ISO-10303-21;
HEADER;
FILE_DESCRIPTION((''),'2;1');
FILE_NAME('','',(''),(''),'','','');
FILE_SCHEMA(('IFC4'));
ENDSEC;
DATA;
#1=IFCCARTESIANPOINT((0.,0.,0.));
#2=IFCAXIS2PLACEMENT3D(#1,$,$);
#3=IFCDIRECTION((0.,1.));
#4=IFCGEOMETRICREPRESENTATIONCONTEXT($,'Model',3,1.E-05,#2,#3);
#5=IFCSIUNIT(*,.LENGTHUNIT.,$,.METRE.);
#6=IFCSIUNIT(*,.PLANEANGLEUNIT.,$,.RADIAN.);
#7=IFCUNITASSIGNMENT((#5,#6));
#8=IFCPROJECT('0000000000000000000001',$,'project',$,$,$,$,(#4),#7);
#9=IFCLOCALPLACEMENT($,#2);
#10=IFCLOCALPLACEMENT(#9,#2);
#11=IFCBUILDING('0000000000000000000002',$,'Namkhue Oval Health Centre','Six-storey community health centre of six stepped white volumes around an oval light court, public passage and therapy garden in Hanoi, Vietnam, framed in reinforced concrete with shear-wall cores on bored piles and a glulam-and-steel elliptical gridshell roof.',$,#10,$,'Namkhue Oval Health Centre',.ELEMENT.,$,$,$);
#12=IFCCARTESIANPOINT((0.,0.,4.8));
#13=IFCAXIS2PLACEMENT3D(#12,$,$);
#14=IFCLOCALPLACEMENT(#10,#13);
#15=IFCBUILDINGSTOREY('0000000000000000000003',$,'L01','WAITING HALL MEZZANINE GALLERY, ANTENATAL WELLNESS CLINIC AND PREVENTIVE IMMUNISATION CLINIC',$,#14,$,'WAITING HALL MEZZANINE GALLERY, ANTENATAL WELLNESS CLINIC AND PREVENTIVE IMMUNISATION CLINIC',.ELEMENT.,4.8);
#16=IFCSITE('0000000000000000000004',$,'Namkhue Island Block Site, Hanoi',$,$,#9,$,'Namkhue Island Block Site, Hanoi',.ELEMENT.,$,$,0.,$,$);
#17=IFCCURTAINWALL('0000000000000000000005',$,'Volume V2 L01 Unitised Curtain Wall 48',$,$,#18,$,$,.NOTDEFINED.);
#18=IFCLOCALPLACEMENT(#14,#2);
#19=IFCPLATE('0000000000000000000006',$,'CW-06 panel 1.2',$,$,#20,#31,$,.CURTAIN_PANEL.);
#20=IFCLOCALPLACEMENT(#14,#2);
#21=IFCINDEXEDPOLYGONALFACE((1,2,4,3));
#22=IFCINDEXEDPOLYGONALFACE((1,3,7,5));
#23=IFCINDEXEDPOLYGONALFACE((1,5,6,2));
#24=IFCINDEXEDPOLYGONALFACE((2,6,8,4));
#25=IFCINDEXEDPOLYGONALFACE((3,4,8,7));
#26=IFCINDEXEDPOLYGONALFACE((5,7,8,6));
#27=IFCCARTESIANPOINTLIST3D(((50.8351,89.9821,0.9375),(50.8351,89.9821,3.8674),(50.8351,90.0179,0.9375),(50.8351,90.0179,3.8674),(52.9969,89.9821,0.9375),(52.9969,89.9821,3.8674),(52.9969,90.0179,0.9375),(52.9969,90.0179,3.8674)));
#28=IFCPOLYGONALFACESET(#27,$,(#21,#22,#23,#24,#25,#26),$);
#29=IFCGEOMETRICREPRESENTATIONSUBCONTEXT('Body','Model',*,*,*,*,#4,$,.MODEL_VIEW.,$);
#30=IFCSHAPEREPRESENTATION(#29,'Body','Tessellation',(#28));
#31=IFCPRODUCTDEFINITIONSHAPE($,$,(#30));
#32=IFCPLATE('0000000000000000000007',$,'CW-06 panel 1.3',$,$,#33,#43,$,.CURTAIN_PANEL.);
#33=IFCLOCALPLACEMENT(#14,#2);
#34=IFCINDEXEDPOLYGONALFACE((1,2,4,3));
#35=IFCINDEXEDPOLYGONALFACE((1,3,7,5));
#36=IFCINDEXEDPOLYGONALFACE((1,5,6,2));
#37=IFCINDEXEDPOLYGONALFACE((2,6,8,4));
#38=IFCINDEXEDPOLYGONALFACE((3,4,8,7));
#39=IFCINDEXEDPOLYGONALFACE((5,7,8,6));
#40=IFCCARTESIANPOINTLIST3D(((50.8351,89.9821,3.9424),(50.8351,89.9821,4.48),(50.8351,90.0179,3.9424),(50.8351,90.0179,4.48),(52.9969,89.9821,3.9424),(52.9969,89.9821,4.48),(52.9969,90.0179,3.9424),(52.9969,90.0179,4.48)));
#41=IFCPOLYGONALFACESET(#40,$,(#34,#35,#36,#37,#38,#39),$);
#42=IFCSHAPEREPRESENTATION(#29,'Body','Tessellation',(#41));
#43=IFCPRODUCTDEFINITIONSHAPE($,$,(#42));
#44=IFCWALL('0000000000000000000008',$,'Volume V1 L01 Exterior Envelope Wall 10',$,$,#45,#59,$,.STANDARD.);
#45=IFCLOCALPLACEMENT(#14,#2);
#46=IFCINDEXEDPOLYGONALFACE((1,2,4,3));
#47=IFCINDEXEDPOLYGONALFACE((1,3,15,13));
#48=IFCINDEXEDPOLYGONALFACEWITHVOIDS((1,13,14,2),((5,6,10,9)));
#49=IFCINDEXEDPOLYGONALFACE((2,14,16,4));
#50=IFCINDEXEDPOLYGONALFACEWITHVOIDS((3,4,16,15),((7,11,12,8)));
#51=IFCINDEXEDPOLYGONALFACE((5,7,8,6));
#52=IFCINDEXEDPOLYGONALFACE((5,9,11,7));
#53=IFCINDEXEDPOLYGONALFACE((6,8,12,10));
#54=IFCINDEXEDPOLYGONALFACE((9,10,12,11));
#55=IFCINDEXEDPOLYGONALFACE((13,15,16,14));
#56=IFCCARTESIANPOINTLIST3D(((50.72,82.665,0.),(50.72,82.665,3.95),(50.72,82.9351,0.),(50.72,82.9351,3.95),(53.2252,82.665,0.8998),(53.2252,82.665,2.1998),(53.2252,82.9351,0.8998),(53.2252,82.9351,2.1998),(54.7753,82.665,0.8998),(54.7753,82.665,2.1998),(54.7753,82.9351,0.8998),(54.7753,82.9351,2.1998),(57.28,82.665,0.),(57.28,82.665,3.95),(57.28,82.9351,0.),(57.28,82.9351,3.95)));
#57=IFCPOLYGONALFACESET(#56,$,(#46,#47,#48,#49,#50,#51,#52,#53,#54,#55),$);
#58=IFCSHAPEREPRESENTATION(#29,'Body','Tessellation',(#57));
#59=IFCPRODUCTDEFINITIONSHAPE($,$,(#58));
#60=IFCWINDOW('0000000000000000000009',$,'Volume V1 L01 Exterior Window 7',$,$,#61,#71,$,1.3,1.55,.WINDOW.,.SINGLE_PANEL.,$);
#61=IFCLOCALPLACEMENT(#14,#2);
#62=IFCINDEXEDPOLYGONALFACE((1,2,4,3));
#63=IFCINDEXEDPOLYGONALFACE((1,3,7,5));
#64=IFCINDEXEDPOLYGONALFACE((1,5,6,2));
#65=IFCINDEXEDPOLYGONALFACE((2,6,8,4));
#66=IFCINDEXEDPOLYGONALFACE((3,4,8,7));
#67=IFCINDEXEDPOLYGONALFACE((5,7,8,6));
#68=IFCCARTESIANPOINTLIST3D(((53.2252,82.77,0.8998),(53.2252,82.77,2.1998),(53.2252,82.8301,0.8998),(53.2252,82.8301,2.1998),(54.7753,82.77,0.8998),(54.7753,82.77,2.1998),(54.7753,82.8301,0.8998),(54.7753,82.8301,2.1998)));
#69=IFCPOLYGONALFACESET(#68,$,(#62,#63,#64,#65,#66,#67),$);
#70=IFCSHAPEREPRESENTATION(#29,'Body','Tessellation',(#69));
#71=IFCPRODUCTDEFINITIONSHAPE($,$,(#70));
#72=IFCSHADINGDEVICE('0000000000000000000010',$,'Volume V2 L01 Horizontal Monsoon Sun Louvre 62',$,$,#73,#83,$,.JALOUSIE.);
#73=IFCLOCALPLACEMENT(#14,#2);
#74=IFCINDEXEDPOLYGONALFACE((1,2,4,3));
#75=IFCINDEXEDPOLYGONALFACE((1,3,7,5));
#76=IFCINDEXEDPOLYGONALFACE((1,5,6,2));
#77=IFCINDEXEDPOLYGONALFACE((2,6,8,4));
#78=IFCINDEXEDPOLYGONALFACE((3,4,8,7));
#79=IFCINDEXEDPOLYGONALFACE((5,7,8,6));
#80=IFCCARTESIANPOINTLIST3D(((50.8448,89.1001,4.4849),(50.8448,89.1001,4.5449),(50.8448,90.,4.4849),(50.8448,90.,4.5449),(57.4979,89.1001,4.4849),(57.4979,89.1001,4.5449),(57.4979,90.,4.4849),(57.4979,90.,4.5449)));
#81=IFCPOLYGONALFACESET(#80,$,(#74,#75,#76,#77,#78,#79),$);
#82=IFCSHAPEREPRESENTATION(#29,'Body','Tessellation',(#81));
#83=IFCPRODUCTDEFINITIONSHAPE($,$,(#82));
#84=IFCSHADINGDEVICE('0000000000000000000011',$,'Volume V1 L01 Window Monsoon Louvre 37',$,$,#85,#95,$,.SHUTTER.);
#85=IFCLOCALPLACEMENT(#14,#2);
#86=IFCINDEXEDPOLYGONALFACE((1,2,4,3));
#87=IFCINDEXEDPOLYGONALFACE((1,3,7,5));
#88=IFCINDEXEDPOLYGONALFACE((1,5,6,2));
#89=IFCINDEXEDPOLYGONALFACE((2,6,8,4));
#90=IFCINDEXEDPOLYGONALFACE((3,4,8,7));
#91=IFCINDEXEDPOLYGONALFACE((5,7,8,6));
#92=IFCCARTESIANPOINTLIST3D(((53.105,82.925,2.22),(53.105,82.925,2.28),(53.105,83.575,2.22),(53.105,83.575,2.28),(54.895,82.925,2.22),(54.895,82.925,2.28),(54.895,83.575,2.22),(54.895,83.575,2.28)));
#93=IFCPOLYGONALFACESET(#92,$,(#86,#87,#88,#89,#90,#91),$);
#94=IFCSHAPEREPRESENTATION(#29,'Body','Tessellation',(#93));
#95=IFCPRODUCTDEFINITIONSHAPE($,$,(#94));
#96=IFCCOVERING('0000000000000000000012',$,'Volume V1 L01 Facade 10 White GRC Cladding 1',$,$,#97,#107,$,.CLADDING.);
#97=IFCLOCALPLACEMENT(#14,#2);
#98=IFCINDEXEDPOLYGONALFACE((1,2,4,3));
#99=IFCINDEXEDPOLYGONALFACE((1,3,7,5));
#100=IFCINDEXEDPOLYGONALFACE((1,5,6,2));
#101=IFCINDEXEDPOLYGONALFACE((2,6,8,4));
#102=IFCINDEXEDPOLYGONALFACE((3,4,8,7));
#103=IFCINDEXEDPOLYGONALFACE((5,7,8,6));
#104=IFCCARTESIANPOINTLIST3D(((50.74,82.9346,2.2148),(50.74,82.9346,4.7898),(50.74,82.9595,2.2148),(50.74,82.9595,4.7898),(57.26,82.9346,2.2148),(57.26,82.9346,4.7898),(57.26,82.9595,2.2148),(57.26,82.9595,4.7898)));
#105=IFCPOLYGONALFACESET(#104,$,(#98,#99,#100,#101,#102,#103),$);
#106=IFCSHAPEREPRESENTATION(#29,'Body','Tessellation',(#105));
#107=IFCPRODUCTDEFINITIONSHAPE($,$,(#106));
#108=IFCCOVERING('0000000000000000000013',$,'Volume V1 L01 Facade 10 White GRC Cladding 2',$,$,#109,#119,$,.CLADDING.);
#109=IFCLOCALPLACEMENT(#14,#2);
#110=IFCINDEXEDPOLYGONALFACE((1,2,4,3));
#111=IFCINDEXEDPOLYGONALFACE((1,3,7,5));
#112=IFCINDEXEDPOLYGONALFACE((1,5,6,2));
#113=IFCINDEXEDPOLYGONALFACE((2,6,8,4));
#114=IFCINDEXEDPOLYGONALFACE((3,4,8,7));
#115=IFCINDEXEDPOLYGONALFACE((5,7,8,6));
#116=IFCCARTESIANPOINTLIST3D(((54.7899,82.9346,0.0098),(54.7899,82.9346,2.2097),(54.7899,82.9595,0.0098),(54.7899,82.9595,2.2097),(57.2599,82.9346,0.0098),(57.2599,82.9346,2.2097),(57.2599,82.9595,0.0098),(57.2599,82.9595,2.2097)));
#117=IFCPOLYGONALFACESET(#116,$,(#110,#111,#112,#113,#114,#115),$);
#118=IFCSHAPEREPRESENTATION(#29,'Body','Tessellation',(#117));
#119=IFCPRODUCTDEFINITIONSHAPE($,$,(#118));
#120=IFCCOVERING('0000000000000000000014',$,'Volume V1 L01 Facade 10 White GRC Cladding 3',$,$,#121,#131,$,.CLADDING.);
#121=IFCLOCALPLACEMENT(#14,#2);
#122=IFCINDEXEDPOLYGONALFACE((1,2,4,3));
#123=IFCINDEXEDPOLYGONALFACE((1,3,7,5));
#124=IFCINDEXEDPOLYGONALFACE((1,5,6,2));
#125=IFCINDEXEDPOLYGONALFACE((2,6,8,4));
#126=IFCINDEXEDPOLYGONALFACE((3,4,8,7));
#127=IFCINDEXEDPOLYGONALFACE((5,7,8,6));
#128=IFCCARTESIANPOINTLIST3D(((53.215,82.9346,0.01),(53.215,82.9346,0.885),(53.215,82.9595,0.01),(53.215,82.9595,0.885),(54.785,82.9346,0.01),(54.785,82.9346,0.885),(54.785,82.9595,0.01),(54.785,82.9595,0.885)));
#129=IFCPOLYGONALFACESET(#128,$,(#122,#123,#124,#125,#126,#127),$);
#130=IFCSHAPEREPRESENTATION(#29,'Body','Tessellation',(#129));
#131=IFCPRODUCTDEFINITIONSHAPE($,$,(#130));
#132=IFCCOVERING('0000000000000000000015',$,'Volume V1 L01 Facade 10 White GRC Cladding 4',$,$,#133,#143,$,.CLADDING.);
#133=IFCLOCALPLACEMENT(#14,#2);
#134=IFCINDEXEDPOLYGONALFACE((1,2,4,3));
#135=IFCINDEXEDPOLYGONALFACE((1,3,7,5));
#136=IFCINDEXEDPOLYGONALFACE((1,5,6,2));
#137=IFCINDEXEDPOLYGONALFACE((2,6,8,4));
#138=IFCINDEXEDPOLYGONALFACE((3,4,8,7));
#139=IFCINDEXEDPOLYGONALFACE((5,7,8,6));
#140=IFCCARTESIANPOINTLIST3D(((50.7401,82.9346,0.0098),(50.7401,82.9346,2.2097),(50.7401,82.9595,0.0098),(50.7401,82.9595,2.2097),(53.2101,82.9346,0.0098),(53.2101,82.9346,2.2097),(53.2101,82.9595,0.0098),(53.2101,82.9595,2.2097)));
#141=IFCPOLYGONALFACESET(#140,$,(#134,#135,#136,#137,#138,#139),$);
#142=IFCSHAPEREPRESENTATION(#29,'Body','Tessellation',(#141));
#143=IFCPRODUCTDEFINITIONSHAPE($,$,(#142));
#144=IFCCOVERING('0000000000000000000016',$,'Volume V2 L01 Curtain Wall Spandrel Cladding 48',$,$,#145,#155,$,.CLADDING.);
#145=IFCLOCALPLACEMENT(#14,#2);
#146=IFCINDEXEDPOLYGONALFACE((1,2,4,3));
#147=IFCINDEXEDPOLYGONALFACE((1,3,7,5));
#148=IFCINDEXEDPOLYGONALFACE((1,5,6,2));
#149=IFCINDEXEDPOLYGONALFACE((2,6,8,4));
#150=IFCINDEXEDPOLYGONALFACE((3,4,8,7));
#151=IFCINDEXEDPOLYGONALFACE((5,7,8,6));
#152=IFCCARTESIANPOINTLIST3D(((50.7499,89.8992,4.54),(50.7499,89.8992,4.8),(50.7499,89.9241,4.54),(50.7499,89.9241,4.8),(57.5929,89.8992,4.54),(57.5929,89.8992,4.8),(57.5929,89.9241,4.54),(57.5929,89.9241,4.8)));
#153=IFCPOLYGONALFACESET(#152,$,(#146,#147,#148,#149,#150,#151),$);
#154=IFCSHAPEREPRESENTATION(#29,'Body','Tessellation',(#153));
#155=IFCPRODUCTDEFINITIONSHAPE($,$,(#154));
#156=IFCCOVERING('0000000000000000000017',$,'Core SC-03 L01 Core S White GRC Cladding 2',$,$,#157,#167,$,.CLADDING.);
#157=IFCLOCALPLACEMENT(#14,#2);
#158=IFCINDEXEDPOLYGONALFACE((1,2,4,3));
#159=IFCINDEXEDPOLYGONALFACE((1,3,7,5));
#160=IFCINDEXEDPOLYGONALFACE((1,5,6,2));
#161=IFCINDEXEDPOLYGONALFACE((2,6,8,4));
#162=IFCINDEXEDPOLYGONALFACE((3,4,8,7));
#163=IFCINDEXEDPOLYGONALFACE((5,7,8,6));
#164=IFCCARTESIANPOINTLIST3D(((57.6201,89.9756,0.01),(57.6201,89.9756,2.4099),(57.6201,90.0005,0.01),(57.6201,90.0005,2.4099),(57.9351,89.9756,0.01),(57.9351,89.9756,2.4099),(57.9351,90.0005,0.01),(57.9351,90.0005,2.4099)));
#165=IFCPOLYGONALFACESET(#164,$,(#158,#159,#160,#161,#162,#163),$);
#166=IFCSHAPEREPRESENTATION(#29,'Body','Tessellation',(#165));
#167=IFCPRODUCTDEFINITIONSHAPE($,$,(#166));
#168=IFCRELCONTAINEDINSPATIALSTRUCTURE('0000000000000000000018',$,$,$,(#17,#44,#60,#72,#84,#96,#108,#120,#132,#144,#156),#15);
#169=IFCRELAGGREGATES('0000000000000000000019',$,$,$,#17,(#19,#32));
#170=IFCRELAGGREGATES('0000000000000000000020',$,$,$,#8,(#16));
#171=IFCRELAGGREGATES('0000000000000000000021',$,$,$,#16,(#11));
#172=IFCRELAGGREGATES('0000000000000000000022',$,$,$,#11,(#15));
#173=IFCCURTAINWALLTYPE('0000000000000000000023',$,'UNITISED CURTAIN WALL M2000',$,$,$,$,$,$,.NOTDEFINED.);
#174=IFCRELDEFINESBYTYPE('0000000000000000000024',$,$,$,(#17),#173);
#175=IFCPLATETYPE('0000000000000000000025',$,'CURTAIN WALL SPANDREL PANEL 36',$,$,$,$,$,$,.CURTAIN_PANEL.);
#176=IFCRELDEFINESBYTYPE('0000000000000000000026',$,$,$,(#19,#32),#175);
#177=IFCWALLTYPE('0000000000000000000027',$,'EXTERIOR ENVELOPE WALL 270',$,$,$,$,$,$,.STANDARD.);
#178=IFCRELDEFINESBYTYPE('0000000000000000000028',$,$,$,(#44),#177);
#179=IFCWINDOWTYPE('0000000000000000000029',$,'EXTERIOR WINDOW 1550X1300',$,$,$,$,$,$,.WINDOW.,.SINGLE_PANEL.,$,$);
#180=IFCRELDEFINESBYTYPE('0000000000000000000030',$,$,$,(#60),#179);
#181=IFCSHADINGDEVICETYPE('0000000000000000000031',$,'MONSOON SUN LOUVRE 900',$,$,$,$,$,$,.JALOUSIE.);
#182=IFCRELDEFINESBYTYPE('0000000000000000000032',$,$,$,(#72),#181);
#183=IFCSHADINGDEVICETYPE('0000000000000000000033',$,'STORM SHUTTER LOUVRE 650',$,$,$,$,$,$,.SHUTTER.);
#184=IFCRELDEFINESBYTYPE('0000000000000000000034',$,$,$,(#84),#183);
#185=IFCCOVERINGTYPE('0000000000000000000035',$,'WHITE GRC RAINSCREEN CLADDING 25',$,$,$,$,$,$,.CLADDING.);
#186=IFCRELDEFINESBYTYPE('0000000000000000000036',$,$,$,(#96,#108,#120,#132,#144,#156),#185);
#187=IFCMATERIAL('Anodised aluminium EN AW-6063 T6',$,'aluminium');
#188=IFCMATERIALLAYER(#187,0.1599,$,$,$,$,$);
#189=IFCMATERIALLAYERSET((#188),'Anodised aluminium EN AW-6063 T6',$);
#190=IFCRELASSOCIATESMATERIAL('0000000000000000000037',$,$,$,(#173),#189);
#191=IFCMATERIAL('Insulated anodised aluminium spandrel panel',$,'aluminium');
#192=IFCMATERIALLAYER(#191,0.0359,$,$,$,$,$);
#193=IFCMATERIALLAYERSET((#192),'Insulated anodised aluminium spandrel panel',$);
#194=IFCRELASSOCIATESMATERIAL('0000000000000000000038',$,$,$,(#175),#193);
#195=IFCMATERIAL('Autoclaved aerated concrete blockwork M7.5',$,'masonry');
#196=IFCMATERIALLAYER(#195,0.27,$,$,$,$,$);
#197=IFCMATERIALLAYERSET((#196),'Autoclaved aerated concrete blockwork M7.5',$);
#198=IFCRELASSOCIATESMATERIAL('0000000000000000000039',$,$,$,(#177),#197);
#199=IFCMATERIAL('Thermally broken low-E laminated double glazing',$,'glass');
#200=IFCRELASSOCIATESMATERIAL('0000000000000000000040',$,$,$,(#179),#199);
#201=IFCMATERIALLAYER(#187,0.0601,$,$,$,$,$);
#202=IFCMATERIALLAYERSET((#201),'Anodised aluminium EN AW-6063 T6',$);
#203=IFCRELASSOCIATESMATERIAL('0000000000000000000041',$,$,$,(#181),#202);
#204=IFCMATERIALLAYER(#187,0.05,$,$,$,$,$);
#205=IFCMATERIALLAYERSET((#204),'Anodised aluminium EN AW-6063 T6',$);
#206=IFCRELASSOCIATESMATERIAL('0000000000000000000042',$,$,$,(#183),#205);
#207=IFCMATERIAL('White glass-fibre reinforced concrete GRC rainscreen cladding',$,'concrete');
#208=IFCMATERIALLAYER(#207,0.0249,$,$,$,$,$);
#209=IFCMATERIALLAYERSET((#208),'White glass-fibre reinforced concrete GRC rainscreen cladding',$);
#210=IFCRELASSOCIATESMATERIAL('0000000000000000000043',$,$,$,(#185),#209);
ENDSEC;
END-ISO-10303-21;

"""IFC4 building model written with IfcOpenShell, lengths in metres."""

from ifc_helpers import new_model, si_unit, direction, frame, frame_2d, origin, origin_2d, place, context, subcontext, project, spatial, rectangle, extrude, material, layer, layer_set, type_object, element, fill, aggregate, save


model = new_model("IFC4")

# Units and contexts
model_context = context("Model", 3, precision=1e-05, world=origin(), true_north=direction((0.0, 1.0)))
body_context = subcontext(model_context, "Body", "Model", "MODEL_VIEW")
ifc_project = project(units=[si_unit("LENGTHUNIT", "METRE"), si_unit("PLANEANGLEUNIT", "RADIAN")], contexts=[model_context])

# Site, building, storey
site_placement = place(None, origin())
site = spatial("IfcSite", under=ifc_project, at=site_placement, Name="Namkhue Island Block Site, Hanoi", LongName="Namkhue Island Block Site, Hanoi", CompositionType="ELEMENT", RefElevation=0.0)
building_placement = place(site_placement, origin())
building = spatial("IfcBuilding", under=site, at=building_placement, Name="Namkhue Oval Health Centre", Description="Six-storey community health centre of six stepped white volumes around an oval light court, public passage and therapy garden in Hanoi, Vietnam, framed in reinforced concrete with shear-wall cores on bored piles and a glulam-and-steel elliptical gridshell roof.", LongName="Namkhue Oval Health Centre", CompositionType="ELEMENT")
storey_placement = place(building_placement, frame((0.0, 0.0, 4.8)))
storey = spatial("IfcBuildingStorey", under=building, at=storey_placement, Name="L01", Description="WAITING HALL MEZZANINE GALLERY, ANTENATAL WELLNESS CLINIC AND PREVENTIVE IMMUNISATION CLINIC", LongName="WAITING HALL MEZZANINE GALLERY, ANTENATAL WELLNESS CLINIC AND PREVENTIVE IMMUNISATION CLINIC", CompositionType="ELEMENT", Elevation=4.8)

# Curtain wall
ifc_material_1 = material(Name="Anodised aluminium EN AW-6063 T6", Category="aluminium")
ifc_layer_1 = layer(ifc_material_1, 0.1599)
ifc_layer_set_1 = layer_set([ifc_layer_1], Name="Anodised aluminium EN AW-6063 T6")
curtain_wall_type = type_object("IfcCurtainWallType", Name="UNITISED CURTAIN WALL M2000", PredefinedType="NOTDEFINED", material=ifc_layer_set_1)
curtain_wall_placement = place(storey_placement, origin())
curtain_wall = element("IfcCurtainWall", 1, at=curtain_wall_placement, inside=storey, type_object=curtain_wall_type, Name="Volume V2 L01 Unitised Curtain Wall 48", PredefinedType="NOTDEFINED")

# Plates
ifc_material_2 = material(Name="Insulated anodised aluminium spandrel panel", Category="aluminium")
ifc_layer_2 = layer(ifc_material_2, 0.0359)
ifc_layer_set_2 = layer_set([ifc_layer_2], Name="Insulated anodised aluminium spandrel panel")
plate_type = type_object("IfcPlateType", Name="CURTAIN WALL SPANDREL PANEL 36", PredefinedType="CURTAIN_PANEL", material=ifc_layer_set_2)
plate_1_placement = place(storey_placement, frame((51.916, 90.0, 0.9375), z_axis=(0.0, 0.0, 1.0), x_axis=(1.0, 0.0, 0.0)))
plate_1 = element("IfcPlate", 2, at=plate_1_placement, type_object=plate_type, Name="CW-06 panel 1.2", PredefinedType="CURTAIN_PANEL", context=body_context, shape_type="SweptSolid", body=[
    extrude(rectangle(XDim=2.1619, YDim=0.0359, at=origin_2d()), origin(), (0.0, 0.0, 1.0), 2.9299),
])
plate_2_placement = place(storey_placement, frame((51.916, 90.0, 3.9424), z_axis=(0.0, 0.0, 1.0), x_axis=(1.0, 0.0, 0.0)))
plate_2 = element("IfcPlate", 3, at=plate_2_placement, type_object=plate_type, Name="CW-06 panel 1.3", PredefinedType="CURTAIN_PANEL", context=body_context, shape_type="SweptSolid", body=[
    extrude(rectangle(XDim=2.1619, YDim=0.0359, at=origin_2d()), origin(), (0.0, 0.0, 1.0), 0.5376),
])
aggregate(curtain_wall, [plate_1, plate_2])

# Wall, opening, window
ifc_material_3 = material(Name="Autoclaved aerated concrete blockwork M7.5", Category="masonry")
ifc_layer_3 = layer(ifc_material_3, 0.27)
ifc_layer_set_3 = layer_set([ifc_layer_3], Name="Autoclaved aerated concrete blockwork M7.5")
wall_type = type_object("IfcWallType", Name="EXTERIOR ENVELOPE WALL 270", PredefinedType="STANDARD", material=ifc_layer_set_3)
wall_placement = place(storey_placement, frame((57.28, 82.8, 0.0), z_axis=(0.0, 0.0, 1.0), x_axis=(-1.0, 0.0, 0.0)))
wall = element("IfcWall", 4, at=wall_placement, inside=storey, type_object=wall_type, Name="Volume V1 L01 Exterior Envelope Wall 10", PredefinedType="STANDARD", context=body_context, shape_type="SweptSolid", body=[
    extrude(rectangle(XDim=6.5601, YDim=0.27, at=frame_2d((3.28, 0.0))), origin(), (0.0, 0.0, 1.0), 3.95),
])
opening_placement = place(wall_placement, frame((2.5049, 0.0, 0.8999)))
opening = element("IfcOpeningElement", 5, at=opening_placement, cuts=wall, PredefinedType="OPENING", context=body_context, shape_type="SweptSolid", body=[
    extrude(rectangle(XDim=1.55, YDim=1.3, at=frame_2d((0.7749, 0.6499))), frame((0.0, 0.145, 0.0), z_axis=(0.0, -1.0, 0.0), x_axis=(1.0, 0.0, 0.0)), (0.0, 0.0, 1.0), 0.29),
])
ifc_material_4 = material(Name="Thermally broken low-E laminated double glazing", Category="glass")
window_type = type_object("IfcWindowType", Name="EXTERIOR WINDOW 1550X1300", PartitioningType="SINGLE_PANEL", PredefinedType="WINDOW", material=ifc_material_4)
window_placement = place(opening_placement, origin())
window = element("IfcWindow", 6, at=window_placement, inside=storey, type_object=window_type, Name="Volume V1 L01 Exterior Window 7", OverallHeight=1.3, OverallWidth=1.55, PartitioningType="SINGLE_PANEL", PredefinedType="WINDOW", context=body_context, shape_type="SweptSolid", body=[
    extrude(rectangle(XDim=1.55, YDim=1.3, at=frame_2d((0.7749, 0.6499))), frame((0.0, 0.03, 0.0), z_axis=(0.0, -1.0, 0.0), x_axis=(1.0, 0.0, 0.0)), (0.0, 0.0, 1.0), 0.0601),
])
fill(opening, window)

# Shading devices
ifc_layer_4 = layer(ifc_material_1, 0.0601)
ifc_layer_set_4 = layer_set([ifc_layer_4], Name="Anodised aluminium EN AW-6063 T6")
shading_device_type_1 = type_object("IfcShadingDeviceType", Name="MONSOON SUN LOUVRE 900", PredefinedType="JALOUSIE", material=ifc_layer_set_4)
shading_device_1_placement = place(storey_placement, frame((54.1714, 89.55, 4.4849), z_axis=(0.0, 0.0, 1.0), x_axis=(1.0, 0.0, 0.0)))
element("IfcShadingDevice", 7, at=shading_device_1_placement, inside=storey, type_object=shading_device_type_1, Name="Volume V2 L01 Horizontal Monsoon Sun Louvre 62", PredefinedType="JALOUSIE", context=body_context, shape_type="SweptSolid", body=[
    extrude(rectangle(XDim=6.6531, YDim=0.8999, at=origin_2d()), origin(), (0.0, 0.0, 1.0), 0.0601),
])
ifc_layer_5 = layer(ifc_material_1, 0.05)
ifc_layer_set_5 = layer_set([ifc_layer_5], Name="Anodised aluminium EN AW-6063 T6")
shading_device_type_2 = type_object("IfcShadingDeviceType", Name="STORM SHUTTER LOUVRE 650", PredefinedType="SHUTTER", material=ifc_layer_set_5)
shading_device_2_placement = place(storey_placement, frame((54.0, 83.25, 2.22), z_axis=(0.0, 0.0, 1.0), x_axis=(-1.0, 0.0, 0.0)))
element("IfcShadingDevice", 8, at=shading_device_2_placement, inside=storey, type_object=shading_device_type_2, Name="Volume V1 L01 Window Monsoon Louvre 37", PredefinedType="SHUTTER", context=body_context, shape_type="SweptSolid", body=[
    extrude(rectangle(XDim=1.79, YDim=0.6499, at=origin_2d()), origin(), (0.0, 0.0, 1.0), 0.0601),
])

# Coverings
ifc_material_5 = material(Name="White glass-fibre reinforced concrete GRC rainscreen cladding", Category="concrete")
ifc_layer_6 = layer(ifc_material_5, 0.0249)
ifc_layer_set_6 = layer_set([ifc_layer_6], Name="White glass-fibre reinforced concrete GRC rainscreen cladding")
covering_type = type_object("IfcCoveringType", Name="WHITE GRC RAINSCREEN CLADDING 25", PredefinedType="CLADDING", material=ifc_layer_set_6)
covering_1_placement = place(storey_placement, frame((54.0, 82.947, 2.2148), z_axis=(0.0, 0.0, 1.0), x_axis=(-1.0, 0.0, 0.0)))
element("IfcCovering", 9, at=covering_1_placement, inside=storey, type_object=covering_type, Name="Volume V1 L01 Facade 10 White GRC Cladding 1", PredefinedType="CLADDING", context=body_context, shape_type="SweptSolid", body=[
    extrude(rectangle(XDim=6.52, YDim=0.0249, at=origin_2d()), origin(), (0.0, 0.0, 1.0), 2.575),
])
covering_2_placement = place(storey_placement, frame((56.0249, 82.947, 0.0098), z_axis=(0.0, 0.0, 1.0), x_axis=(-1.0, 0.0, 0.0)))
element("IfcCovering", 10, at=covering_2_placement, inside=storey, type_object=covering_type, Name="Volume V1 L01 Facade 10 White GRC Cladding 2", PredefinedType="CLADDING", context=body_context, shape_type="SweptSolid", body=[
    extrude(rectangle(XDim=2.47, YDim=0.0249, at=origin_2d()), origin(), (0.0, 0.0, 1.0), 2.2),
])
covering_3_placement = place(storey_placement, frame((54.0, 82.947, 0.01), z_axis=(0.0, 0.0, 1.0), x_axis=(-1.0, 0.0, 0.0)))
element("IfcCovering", 11, at=covering_3_placement, inside=storey, type_object=covering_type, Name="Volume V1 L01 Facade 10 White GRC Cladding 3", PredefinedType="CLADDING", context=body_context, shape_type="SweptSolid", body=[
    extrude(rectangle(XDim=1.5701, YDim=0.0249, at=origin_2d()), origin(), (0.0, 0.0, 1.0), 0.875),
])
covering_4_placement = place(storey_placement, frame((51.9751, 82.947, 0.0098), z_axis=(0.0, 0.0, 1.0), x_axis=(-1.0, 0.0, 0.0)))
element("IfcCovering", 12, at=covering_4_placement, inside=storey, type_object=covering_type, Name="Volume V1 L01 Facade 10 White GRC Cladding 4", PredefinedType="CLADDING", context=body_context, shape_type="SweptSolid", body=[
    extrude(rectangle(XDim=2.47, YDim=0.0249, at=origin_2d()), origin(), (0.0, 0.0, 1.0), 2.2),
])
covering_5_placement = place(storey_placement, frame((54.1714, 89.9116, 4.54), z_axis=(0.0, 0.0, 1.0), x_axis=(1.0, 0.0, 0.0)))
element("IfcCovering", 13, at=covering_5_placement, inside=storey, type_object=covering_type, Name="Volume V2 L01 Curtain Wall Spandrel Cladding 48", PredefinedType="CLADDING", context=body_context, shape_type="SweptSolid", body=[
    extrude(rectangle(XDim=6.843, YDim=0.0249, at=origin_2d()), origin(), (0.0, 0.0, 1.0), 0.26),
])
covering_6_placement = place(storey_placement, frame((57.7776, 89.988, 0.01), z_axis=(0.0, 0.0, 1.0), x_axis=(1.0, 0.0, 0.0)))
element("IfcCovering", 14, at=covering_6_placement, inside=storey, type_object=covering_type, Name="Core SC-03 L01 Core S White GRC Cladding 2", PredefinedType="CLADDING", context=body_context, shape_type="SweptSolid", body=[
    extrude(rectangle(XDim=0.3149, YDim=0.0249, at=origin_2d()), origin(), (0.0, 0.0, 1.0), 2.3999),
])

save(model, "model.ifc")
